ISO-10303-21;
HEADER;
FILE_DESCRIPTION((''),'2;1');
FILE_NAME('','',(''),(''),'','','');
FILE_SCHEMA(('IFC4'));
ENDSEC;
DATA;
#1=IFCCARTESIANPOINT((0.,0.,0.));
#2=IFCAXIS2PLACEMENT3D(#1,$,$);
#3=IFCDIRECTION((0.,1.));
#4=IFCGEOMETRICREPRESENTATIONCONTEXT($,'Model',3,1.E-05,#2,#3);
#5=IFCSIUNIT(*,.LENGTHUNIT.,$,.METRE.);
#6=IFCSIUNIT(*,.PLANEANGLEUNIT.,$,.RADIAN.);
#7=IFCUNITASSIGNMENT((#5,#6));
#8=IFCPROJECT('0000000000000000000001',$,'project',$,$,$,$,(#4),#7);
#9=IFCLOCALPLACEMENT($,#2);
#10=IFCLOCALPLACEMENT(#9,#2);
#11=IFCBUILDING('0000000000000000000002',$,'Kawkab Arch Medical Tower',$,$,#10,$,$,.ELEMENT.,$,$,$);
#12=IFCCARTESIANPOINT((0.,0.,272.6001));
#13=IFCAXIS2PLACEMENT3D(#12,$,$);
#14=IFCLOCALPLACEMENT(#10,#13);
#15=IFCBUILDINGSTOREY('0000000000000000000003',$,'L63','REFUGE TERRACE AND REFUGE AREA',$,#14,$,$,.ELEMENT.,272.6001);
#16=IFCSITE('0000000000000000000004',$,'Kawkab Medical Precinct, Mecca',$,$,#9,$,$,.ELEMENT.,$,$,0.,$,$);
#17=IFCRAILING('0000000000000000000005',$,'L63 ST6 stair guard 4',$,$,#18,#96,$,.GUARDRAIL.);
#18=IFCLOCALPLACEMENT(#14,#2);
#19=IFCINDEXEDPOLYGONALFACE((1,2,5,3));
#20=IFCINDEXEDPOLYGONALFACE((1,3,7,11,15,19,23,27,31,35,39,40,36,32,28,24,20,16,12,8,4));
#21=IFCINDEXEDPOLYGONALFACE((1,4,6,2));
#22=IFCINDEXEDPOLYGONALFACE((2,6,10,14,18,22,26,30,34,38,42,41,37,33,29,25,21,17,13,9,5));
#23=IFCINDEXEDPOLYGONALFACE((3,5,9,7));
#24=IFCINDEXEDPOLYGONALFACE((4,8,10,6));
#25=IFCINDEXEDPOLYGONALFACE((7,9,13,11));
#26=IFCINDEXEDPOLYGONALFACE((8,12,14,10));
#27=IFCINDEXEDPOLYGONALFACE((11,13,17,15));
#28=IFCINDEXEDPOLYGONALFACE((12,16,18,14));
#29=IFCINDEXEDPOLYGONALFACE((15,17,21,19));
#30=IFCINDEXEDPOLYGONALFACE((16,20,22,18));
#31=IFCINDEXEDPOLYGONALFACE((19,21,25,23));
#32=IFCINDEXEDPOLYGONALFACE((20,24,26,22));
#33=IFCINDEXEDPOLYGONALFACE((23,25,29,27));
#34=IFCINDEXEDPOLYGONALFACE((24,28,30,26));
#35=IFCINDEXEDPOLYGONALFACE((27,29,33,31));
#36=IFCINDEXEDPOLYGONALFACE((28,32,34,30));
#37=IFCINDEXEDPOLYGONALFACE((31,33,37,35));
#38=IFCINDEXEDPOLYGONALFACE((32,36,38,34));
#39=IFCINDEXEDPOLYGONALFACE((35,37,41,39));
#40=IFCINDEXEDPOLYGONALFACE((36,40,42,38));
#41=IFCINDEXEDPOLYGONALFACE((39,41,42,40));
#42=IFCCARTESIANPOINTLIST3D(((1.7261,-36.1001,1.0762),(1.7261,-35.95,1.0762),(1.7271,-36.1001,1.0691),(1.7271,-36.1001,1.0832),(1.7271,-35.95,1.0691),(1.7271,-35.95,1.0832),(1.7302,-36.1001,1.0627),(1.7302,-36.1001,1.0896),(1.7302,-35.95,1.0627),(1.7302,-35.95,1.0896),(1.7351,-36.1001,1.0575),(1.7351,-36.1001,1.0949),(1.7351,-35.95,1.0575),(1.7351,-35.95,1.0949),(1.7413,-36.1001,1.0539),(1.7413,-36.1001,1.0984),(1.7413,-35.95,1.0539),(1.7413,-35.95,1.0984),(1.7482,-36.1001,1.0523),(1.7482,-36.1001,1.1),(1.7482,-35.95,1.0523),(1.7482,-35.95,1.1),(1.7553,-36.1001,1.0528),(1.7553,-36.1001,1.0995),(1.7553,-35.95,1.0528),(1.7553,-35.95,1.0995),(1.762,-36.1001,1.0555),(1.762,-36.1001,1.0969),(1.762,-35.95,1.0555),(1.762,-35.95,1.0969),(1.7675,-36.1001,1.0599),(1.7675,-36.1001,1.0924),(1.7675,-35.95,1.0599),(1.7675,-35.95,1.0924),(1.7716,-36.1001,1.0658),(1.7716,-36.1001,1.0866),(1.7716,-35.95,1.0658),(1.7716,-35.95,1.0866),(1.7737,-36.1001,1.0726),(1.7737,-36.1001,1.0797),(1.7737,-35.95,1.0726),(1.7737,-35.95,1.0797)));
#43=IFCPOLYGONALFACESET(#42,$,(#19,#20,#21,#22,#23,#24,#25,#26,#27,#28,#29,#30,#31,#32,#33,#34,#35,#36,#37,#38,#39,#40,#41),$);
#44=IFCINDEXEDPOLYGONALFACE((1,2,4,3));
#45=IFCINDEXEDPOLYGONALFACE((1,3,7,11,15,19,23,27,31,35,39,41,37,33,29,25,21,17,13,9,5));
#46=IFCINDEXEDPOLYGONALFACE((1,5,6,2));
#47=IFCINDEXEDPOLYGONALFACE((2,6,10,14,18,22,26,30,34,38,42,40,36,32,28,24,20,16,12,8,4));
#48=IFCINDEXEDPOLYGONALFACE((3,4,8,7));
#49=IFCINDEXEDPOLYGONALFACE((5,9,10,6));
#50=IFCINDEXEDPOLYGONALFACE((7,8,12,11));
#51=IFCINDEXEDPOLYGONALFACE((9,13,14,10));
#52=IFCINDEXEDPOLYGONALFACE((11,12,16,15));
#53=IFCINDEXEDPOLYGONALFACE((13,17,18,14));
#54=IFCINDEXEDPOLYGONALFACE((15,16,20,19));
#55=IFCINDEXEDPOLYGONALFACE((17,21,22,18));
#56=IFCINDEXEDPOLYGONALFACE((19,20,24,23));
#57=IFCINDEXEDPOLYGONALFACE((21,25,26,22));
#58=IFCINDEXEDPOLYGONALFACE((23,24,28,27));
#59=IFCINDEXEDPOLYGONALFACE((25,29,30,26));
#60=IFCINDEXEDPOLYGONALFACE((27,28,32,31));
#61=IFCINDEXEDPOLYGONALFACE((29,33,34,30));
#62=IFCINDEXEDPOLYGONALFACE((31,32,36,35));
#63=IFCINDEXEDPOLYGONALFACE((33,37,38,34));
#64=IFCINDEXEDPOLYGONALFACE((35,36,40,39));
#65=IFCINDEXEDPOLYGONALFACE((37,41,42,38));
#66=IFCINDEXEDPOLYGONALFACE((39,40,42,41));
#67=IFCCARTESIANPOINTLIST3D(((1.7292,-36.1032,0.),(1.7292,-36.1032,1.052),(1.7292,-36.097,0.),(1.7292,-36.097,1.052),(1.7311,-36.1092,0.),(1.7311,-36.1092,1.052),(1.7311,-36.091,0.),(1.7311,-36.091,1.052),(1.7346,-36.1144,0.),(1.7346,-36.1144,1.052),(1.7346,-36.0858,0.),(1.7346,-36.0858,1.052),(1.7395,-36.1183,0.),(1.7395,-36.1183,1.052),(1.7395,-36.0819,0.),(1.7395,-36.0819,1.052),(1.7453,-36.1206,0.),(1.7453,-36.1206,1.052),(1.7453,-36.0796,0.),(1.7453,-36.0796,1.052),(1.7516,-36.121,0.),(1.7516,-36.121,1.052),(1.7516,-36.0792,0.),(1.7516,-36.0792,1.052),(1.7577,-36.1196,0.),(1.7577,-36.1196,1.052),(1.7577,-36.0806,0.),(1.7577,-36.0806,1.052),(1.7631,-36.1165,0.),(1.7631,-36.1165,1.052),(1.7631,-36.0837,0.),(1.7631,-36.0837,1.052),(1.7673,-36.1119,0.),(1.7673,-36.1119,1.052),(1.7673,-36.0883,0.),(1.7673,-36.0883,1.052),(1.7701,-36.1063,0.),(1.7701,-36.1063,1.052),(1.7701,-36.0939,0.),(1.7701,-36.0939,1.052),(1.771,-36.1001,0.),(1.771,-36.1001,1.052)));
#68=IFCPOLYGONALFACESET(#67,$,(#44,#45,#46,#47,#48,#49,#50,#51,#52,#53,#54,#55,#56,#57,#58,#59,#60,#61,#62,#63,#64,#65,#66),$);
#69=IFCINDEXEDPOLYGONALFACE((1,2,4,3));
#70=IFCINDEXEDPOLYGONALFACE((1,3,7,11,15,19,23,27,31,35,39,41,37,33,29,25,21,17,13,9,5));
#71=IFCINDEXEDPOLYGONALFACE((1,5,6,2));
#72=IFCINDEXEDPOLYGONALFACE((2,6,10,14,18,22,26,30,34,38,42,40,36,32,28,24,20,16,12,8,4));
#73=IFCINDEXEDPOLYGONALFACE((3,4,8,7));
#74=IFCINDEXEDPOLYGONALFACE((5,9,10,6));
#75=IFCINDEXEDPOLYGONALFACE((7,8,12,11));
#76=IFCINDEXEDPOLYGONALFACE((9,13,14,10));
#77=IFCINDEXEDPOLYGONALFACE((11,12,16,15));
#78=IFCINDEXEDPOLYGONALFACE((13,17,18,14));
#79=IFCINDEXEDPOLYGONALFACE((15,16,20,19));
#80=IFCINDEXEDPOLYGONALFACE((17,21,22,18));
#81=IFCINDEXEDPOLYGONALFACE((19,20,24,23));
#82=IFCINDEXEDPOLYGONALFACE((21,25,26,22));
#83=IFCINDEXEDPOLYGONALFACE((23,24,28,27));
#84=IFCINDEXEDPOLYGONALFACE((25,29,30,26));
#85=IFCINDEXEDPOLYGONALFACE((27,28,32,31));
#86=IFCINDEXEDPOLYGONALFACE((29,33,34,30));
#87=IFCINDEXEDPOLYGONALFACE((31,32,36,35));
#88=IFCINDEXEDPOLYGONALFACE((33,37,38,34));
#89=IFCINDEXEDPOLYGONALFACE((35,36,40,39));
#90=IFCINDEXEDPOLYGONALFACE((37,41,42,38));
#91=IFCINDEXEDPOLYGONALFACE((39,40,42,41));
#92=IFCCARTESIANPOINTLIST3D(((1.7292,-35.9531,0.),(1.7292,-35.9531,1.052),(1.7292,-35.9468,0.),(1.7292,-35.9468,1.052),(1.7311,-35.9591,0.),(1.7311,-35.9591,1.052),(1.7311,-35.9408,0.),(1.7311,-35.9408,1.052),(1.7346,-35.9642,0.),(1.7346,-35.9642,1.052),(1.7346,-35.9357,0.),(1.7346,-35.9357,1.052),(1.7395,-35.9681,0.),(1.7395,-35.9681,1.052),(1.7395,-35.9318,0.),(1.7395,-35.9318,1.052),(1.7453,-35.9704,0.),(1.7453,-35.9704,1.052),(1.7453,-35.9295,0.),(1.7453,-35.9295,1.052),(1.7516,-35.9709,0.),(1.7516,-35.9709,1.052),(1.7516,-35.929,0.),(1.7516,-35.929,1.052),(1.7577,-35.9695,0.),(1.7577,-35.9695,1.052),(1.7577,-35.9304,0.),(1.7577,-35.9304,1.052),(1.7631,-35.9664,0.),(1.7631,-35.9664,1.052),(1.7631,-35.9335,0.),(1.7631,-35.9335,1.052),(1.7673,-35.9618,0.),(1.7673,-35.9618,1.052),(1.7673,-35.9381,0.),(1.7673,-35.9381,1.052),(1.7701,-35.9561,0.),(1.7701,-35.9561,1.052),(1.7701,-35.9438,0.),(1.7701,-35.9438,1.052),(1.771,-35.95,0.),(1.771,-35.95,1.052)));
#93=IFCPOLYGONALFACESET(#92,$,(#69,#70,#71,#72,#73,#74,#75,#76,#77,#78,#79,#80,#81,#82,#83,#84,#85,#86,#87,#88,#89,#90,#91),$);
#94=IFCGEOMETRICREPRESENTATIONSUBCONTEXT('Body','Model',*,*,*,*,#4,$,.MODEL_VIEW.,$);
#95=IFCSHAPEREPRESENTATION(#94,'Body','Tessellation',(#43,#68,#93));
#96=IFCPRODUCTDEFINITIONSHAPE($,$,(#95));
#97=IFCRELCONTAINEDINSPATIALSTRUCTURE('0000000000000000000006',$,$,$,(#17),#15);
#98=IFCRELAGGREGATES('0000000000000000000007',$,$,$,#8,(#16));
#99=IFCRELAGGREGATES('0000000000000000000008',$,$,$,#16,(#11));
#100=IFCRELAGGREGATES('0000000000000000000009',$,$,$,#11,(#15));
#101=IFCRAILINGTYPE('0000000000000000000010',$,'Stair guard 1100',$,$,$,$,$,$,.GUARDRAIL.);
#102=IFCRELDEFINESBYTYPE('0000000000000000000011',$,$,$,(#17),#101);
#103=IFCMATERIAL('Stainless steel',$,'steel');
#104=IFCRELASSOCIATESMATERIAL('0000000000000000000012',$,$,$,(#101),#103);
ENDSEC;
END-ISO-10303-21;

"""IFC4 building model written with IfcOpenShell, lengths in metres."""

from ifc_helpers import new_model, si_unit, direction, frame, origin, origin_2d, place, context, subcontext, project, spatial, circle, extrude, material, type_object, element, save


model = new_model("IFC4")

# Units and contexts
model_context = context("Model", 3, precision=1e-05, world=origin(), true_north=direction((0.0, 1.0)))
body_context = subcontext(model_context, "Body", "Model", "MODEL_VIEW")
ifc_project = project(units=[si_unit("LENGTHUNIT", "METRE"), si_unit("PLANEANGLEUNIT", "RADIAN")], contexts=[model_context])

# Site, building, storey
site_placement = place(None, origin())
site = spatial("IfcSite", under=ifc_project, at=site_placement, Name="Kawkab Medical Precinct, Mecca", CompositionType="ELEMENT", RefElevation=0.0)
building_placement = place(site_placement, origin())
building = spatial("IfcBuilding", under=site, at=building_placement, Name="Kawkab Arch Medical Tower", CompositionType="ELEMENT")
storey_placement = place(building_placement, frame((0.0, 0.0, 272.6001)))
storey = spatial("IfcBuildingStorey", under=building, at=storey_placement, Name="L63", Description="REFUGE TERRACE AND REFUGE AREA", CompositionType="ELEMENT", Elevation=272.6001)

# Railing
ifc_material_1 = material(Name="Stainless steel", Category="steel")
railing_type_1 = type_object("IfcRailingType", Name="Stair guard 1100", PredefinedType="GUARDRAIL", material=ifc_material_1)
railing_1_placement = place(storey_placement, frame((1.75, -36.1001, 0.0)))
element("IfcRailing", 1, at=railing_1_placement, inside=storey, type_object=railing_type_1, Name="L63 ST6 stair guard 4", PredefinedType="GUARDRAIL", context=body_context, shape_type="SweptSolid", body=[
    extrude(circle(Radius=0.0239, at=origin_2d()), frame((0.0, 0.0, 1.0762), z_axis=(0.0, 1.0, 0.0), x_axis=(-1.0, 0.0, 0.0)), (0.0, 0.0, 1.0), 0.1501),
    extrude(circle(Radius=0.021, at=origin_2d()), origin(), (0.0, 0.0, 1.0), 1.052),
    extrude(circle(Radius=0.021, at=origin_2d()), frame((0.0, 0.1501, 0.0)), (0.0, 0.0, 1.0), 1.052),
])

save(model, "model.ifc")
